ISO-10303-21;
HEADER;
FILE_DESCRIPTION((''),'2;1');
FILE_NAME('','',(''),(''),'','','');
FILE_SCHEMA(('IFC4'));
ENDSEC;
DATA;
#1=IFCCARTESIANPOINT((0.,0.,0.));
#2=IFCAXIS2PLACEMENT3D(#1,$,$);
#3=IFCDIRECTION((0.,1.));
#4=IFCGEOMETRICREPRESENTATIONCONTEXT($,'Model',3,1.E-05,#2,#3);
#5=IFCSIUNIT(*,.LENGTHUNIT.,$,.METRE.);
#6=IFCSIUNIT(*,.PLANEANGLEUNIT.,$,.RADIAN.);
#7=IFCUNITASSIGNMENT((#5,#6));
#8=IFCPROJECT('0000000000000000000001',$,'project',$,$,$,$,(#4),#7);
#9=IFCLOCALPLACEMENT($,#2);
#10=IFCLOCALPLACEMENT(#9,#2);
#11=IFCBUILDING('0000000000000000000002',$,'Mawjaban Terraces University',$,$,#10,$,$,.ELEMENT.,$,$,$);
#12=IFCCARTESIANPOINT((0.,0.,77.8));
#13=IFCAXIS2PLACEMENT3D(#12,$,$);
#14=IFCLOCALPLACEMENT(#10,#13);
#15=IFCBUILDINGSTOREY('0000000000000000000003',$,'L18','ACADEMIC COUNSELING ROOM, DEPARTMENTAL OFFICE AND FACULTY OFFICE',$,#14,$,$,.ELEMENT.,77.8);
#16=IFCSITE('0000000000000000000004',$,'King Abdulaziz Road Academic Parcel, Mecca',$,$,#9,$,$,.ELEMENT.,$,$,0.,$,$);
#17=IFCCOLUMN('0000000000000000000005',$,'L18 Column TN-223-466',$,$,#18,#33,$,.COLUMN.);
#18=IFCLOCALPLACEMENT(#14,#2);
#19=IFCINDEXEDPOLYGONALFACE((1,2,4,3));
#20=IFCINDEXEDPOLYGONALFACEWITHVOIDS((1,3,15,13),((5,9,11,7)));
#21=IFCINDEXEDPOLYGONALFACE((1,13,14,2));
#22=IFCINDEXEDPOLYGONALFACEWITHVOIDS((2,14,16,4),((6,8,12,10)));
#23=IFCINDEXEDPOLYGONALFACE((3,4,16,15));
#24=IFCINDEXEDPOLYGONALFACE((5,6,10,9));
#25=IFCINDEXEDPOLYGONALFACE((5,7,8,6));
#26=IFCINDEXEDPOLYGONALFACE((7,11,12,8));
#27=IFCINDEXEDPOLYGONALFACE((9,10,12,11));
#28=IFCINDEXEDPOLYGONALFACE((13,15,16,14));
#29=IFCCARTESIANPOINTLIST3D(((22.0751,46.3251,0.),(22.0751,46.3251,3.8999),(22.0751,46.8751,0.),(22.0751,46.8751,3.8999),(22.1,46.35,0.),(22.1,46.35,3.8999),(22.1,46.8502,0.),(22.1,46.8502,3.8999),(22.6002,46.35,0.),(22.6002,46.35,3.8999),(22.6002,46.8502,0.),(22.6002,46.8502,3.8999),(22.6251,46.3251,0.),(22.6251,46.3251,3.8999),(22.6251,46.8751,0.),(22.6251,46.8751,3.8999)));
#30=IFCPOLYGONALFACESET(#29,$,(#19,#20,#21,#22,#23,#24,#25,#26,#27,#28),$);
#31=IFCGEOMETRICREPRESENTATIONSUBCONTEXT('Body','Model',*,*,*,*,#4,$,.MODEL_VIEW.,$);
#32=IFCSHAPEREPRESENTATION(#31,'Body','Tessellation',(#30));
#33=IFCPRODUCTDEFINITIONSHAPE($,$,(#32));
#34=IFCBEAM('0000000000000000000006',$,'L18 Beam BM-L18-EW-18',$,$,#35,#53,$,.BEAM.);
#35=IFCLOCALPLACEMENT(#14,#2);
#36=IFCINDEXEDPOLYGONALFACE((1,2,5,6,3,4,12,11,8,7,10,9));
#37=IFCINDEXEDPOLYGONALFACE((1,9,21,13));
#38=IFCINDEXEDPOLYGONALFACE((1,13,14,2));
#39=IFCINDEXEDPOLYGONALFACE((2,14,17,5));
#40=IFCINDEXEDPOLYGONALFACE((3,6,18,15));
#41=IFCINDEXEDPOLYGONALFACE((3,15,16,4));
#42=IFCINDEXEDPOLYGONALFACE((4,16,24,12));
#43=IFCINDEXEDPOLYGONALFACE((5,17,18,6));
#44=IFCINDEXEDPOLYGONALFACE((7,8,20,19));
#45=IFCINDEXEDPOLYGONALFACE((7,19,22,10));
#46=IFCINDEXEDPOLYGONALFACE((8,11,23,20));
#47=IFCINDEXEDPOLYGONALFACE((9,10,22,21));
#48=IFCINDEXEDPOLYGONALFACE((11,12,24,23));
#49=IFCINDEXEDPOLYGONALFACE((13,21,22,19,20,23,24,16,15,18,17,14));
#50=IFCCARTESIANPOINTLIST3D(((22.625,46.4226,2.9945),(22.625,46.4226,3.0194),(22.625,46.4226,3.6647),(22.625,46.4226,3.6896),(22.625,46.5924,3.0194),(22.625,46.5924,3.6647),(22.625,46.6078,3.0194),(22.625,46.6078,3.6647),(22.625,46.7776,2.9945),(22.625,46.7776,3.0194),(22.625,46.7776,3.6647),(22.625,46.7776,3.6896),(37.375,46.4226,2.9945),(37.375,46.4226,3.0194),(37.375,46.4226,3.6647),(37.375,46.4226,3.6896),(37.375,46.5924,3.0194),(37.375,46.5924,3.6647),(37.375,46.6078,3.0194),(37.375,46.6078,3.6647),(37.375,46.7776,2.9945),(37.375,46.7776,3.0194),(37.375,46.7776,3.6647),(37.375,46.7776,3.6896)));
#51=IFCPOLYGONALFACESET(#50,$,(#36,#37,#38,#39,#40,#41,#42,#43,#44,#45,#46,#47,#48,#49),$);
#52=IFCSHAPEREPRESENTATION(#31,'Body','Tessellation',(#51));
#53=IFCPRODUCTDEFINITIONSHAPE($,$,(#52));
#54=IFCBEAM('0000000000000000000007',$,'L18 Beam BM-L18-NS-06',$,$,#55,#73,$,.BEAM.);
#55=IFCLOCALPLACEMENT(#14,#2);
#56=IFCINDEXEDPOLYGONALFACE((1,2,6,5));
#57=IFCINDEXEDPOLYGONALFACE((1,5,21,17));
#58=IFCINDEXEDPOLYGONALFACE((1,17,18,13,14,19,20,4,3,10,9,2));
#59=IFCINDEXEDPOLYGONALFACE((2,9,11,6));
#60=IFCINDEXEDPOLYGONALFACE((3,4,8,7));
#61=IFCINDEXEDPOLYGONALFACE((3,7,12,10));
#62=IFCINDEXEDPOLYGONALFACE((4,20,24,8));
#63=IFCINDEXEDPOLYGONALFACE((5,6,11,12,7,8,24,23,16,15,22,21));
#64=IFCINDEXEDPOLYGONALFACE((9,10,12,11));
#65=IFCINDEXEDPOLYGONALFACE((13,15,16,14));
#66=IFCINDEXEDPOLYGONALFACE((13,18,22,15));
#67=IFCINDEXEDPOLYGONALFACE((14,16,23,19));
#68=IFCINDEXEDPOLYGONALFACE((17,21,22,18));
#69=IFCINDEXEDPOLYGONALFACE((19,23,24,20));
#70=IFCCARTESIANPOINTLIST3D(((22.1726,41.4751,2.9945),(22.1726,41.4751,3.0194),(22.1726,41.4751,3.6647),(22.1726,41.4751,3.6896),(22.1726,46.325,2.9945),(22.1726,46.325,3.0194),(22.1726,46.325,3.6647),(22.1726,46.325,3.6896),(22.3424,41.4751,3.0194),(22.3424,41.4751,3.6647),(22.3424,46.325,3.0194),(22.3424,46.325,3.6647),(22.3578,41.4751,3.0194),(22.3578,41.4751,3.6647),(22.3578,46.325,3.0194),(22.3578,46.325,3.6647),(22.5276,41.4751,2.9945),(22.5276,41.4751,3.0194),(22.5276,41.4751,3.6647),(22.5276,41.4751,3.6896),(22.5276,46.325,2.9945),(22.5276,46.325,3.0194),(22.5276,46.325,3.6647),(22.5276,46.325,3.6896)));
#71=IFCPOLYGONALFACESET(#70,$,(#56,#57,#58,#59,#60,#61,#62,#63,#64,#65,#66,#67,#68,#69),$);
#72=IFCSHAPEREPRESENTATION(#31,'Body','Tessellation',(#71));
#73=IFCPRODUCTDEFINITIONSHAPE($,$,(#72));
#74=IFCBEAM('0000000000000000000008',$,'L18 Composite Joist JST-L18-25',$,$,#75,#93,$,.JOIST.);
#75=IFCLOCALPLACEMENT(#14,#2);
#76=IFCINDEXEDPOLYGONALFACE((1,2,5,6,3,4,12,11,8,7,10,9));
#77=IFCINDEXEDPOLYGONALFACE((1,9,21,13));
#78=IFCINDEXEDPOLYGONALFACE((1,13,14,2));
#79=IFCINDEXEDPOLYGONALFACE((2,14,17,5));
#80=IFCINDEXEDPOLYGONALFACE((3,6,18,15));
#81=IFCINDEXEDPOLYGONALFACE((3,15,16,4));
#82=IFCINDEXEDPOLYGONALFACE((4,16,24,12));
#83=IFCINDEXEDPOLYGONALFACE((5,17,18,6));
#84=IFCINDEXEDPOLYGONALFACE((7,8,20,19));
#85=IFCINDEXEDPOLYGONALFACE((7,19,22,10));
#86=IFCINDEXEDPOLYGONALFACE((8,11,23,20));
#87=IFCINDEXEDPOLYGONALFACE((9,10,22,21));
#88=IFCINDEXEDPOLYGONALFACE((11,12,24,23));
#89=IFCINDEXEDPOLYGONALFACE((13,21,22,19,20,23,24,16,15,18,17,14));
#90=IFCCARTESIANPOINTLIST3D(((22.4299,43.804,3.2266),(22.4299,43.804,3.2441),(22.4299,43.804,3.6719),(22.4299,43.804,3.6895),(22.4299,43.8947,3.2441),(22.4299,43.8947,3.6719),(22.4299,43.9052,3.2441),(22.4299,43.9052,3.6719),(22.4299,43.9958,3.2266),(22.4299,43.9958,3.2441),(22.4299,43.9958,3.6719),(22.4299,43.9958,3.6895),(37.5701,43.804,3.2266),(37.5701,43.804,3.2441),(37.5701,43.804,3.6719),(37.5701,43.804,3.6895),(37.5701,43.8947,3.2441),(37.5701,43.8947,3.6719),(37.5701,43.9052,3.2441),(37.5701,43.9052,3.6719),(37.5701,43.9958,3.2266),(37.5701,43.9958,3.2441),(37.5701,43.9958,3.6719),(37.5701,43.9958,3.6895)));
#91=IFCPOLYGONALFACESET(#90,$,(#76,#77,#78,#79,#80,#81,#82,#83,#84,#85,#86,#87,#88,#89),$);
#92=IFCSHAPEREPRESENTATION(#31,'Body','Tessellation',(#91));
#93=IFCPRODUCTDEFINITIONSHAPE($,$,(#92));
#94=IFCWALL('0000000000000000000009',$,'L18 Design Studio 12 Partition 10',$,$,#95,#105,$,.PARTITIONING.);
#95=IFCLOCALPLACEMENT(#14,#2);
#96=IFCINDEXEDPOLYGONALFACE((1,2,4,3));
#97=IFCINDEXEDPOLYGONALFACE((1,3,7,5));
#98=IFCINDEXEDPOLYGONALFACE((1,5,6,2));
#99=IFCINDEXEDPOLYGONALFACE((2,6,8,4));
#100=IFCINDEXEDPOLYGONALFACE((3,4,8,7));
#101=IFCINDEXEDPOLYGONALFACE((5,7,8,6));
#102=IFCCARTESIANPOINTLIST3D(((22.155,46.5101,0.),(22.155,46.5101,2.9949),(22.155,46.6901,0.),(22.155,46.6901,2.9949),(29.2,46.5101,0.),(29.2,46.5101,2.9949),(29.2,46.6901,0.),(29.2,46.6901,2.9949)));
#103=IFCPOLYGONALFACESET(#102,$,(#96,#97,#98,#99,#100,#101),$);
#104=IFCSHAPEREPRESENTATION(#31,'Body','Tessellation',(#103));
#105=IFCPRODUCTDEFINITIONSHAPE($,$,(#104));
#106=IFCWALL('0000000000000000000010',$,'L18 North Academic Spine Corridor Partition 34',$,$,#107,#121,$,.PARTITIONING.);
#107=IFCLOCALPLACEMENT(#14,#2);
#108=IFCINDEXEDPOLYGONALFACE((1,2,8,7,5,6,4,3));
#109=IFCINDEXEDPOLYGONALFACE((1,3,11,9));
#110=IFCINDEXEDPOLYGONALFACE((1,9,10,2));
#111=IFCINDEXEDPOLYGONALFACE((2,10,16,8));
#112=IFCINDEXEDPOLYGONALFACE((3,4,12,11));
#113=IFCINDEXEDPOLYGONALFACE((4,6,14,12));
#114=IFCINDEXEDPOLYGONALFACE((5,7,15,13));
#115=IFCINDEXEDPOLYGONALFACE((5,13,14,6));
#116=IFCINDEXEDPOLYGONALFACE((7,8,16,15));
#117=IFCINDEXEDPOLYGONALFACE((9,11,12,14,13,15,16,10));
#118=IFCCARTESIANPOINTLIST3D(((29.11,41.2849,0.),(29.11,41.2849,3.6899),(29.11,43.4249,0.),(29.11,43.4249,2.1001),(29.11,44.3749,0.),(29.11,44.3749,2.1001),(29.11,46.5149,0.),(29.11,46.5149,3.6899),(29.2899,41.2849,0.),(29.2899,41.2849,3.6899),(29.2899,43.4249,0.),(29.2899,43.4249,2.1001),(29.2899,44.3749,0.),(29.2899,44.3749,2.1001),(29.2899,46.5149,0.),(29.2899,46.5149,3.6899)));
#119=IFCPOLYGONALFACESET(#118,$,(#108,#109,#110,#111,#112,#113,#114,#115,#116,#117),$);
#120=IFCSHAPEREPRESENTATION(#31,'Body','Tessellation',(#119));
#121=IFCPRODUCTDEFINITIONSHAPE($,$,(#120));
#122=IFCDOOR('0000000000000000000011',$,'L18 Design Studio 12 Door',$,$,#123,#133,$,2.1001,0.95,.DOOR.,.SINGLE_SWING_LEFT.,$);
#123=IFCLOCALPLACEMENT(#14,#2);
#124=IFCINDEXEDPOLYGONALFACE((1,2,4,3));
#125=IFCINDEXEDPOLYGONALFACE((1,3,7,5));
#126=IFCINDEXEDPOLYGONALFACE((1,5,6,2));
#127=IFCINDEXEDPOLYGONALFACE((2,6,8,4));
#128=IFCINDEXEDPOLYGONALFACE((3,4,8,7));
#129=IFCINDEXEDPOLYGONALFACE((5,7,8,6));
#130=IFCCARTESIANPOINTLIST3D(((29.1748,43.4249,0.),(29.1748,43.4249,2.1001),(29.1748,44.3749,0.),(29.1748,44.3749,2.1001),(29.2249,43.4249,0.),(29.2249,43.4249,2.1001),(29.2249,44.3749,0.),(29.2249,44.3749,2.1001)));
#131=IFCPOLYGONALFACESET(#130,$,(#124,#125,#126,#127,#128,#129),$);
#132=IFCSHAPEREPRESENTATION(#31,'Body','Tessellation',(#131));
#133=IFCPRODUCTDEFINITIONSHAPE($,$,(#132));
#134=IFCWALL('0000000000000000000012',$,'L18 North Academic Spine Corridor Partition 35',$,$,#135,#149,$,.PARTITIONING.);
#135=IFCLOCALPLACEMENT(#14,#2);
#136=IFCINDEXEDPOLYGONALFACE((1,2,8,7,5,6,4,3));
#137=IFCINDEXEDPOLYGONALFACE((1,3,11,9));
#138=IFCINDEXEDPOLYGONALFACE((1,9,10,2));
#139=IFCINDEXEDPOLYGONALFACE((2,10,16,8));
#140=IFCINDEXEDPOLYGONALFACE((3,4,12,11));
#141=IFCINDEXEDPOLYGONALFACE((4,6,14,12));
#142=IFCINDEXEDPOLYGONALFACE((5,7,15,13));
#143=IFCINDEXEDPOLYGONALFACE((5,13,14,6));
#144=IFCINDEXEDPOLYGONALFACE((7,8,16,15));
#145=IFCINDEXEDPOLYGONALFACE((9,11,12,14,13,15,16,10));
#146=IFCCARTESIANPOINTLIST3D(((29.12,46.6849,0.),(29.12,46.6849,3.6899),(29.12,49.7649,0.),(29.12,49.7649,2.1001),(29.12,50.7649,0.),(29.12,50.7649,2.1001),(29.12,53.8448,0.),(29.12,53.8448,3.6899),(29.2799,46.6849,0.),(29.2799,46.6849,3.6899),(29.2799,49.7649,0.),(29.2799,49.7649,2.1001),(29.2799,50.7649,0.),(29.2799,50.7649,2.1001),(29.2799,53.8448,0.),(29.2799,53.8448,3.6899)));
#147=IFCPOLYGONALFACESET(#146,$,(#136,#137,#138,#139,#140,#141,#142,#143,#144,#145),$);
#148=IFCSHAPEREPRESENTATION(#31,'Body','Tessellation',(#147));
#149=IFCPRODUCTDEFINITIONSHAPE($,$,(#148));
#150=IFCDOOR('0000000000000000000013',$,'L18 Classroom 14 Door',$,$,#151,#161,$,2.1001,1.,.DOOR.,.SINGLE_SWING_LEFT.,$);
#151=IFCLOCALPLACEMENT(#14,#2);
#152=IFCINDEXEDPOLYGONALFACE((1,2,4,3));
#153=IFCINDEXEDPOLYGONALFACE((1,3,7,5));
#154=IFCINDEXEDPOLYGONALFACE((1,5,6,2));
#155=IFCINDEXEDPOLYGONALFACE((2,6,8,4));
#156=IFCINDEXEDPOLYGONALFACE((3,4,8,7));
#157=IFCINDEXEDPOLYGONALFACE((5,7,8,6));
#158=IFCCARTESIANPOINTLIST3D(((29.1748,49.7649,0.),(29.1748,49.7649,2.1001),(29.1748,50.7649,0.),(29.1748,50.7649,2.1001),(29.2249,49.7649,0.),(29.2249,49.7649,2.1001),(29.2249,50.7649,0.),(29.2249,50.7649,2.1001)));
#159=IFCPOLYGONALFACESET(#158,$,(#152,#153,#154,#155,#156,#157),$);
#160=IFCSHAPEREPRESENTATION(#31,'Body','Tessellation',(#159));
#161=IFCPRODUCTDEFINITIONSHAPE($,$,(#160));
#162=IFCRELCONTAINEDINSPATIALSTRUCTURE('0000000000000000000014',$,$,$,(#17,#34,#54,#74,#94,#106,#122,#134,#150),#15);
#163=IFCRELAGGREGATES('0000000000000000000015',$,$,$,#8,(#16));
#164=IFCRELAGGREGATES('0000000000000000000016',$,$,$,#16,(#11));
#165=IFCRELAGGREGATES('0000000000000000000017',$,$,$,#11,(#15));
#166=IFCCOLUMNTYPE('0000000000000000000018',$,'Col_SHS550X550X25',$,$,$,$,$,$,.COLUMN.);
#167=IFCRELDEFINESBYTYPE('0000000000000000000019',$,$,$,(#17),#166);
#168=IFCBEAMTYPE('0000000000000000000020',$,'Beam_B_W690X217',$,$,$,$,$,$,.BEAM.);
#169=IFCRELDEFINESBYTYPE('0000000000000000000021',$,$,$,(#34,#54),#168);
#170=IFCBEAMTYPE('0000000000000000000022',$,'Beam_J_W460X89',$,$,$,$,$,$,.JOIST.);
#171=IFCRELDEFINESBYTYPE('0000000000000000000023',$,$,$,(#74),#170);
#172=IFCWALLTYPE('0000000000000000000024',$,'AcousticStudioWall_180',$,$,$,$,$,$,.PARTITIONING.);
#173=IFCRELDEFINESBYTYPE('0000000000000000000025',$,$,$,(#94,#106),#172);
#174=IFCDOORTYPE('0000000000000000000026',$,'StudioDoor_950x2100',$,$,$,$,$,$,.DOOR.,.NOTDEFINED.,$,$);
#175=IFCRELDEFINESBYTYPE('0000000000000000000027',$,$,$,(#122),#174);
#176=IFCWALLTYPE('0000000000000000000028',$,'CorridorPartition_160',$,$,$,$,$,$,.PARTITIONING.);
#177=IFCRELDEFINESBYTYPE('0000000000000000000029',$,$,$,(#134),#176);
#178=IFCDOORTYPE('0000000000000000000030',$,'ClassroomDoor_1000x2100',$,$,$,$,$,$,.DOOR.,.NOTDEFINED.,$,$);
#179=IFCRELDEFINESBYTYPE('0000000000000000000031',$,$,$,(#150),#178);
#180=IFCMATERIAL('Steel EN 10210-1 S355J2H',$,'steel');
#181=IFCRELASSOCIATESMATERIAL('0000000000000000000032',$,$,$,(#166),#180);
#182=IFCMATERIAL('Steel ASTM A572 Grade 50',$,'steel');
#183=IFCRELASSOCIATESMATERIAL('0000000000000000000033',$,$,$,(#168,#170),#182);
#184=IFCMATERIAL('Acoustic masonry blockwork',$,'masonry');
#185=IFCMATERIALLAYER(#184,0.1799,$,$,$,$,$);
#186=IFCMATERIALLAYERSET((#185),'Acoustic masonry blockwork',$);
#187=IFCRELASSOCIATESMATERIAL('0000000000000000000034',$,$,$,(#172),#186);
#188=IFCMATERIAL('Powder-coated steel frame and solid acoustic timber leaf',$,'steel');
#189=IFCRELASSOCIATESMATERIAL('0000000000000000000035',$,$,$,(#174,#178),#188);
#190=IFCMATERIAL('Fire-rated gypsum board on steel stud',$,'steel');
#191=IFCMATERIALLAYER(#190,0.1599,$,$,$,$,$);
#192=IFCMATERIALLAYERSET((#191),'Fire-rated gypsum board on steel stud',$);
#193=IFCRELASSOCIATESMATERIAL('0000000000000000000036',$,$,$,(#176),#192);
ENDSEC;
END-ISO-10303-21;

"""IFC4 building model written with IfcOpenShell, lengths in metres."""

from ifc_helpers import new_model, si_unit, direction, frame, frame_2d, origin, origin_2d, place, context, subcontext, project, spatial, rectangle, hollow_rectangle, i_section, extrude, material, layer, layer_set, material_profile, profile_set, type_object, element, fill, save


model = new_model("IFC4")

# Units and contexts
model_context = context("Model", 3, precision=1e-05, world=origin(), true_north=direction((0.0, 1.0)))
body_context = subcontext(model_context, "Body", "Model", "MODEL_VIEW")
ifc_project = project(units=[si_unit("LENGTHUNIT", "METRE"), si_unit("PLANEANGLEUNIT", "RADIAN")], contexts=[model_context])

# Site, building, storey
site_placement = place(None, origin())
site = spatial("IfcSite", under=ifc_project, at=site_placement, Name="King Abdulaziz Road Academic Parcel, Mecca", CompositionType="ELEMENT", RefElevation=0.0)
building_placement = place(site_placement, origin())
building = spatial("IfcBuilding", under=site, at=building_placement, Name="Mawjaban Terraces University", CompositionType="ELEMENT")
storey_placement = place(building_placement, frame((0.0, 0.0, 77.8)))
storey = spatial("IfcBuildingStorey", under=building, at=storey_placement, Name="L18", Description="ACADEMIC COUNSELING ROOM, DEPARTMENTAL OFFICE AND FACULTY OFFICE", CompositionType="ELEMENT", Elevation=77.8)

# Column
ifc_material_1 = material(Name="Steel EN 10210-1 S355J2H", Category="steel")
ifc_material_profile_1 = material_profile(ifc_material_1, hollow_rectangle(XDim=0.55, YDim=0.55, WallThickness=0.0249, at=origin_2d()), Name="SHS550X550X25")
ifc_profile_set_1 = profile_set([ifc_material_profile_1], Name="Steel EN 10210-1 S355J2H")
column_type = type_object("IfcColumnType", Name="Col_SHS550X550X25", PredefinedType="COLUMN", material=ifc_profile_set_1)
column_placement = place(storey_placement, frame((22.3501, 46.6001, 0.0), z_axis=(0.0, 0.0, 1.0), x_axis=(1.0, 0.0, 0.0)))
element("IfcColumn", 1, at=column_placement, inside=storey, type_object=column_type, Name="L18 Column TN-223-466", PredefinedType="COLUMN", context=body_context, shape_type="SweptSolid", body=[
    extrude(hollow_rectangle(XDim=0.55, YDim=0.55, WallThickness=0.0249, at=origin_2d()), origin(), (0.0, 0.0, 1.0), 3.8999),
])

# Beams
ifc_material_2 = material(Name="Steel ASTM A572 Grade 50", Category="steel")
ifc_material_profile_2 = material_profile(ifc_material_2, i_section(OverallWidth=0.355, OverallDepth=0.6951, WebThickness=0.0154, FlangeThickness=0.0249, at=origin_2d()), Name="W690X217")
ifc_profile_set_2 = profile_set([ifc_material_profile_2], Name="Steel ASTM A572 Grade 50")
beam_type_1 = type_object("IfcBeamType", Name="Beam_B_W690X217", PredefinedType="BEAM", material=ifc_profile_set_2)
beam_1_placement = place(storey_placement, frame((22.625, 46.6001, 3.342), z_axis=(1.0, 0.0, 0.0), x_axis=(0.0, 1.0, 0.0)))
element("IfcBeam", 2, at=beam_1_placement, inside=storey, type_object=beam_type_1, Name="L18 Beam BM-L18-EW-18", PredefinedType="BEAM", context=body_context, shape_type="SweptSolid", body=[
    extrude(i_section(OverallWidth=0.355, OverallDepth=0.6951, WebThickness=0.0154, FlangeThickness=0.0249, at=origin_2d()), origin(), (0.0, 0.0, 1.0), 14.75),
])
beam_2_placement = place(storey_placement, frame((22.3501, 41.4751, 3.342), z_axis=(0.0, 1.0, 0.0), x_axis=(-1.0, 0.0, 0.0)))
element("IfcBeam", 3, at=beam_2_placement, inside=storey, type_object=beam_type_1, Name="L18 Beam BM-L18-NS-06", PredefinedType="BEAM", context=body_context, shape_type="SweptSolid", body=[
    extrude(i_section(OverallWidth=0.355, OverallDepth=0.6951, WebThickness=0.0154, FlangeThickness=0.0249, at=origin_2d()), origin(), (0.0, 0.0, 1.0), 4.8499),
])
ifc_material_profile_3 = material_profile(ifc_material_2, i_section(OverallWidth=0.1919, OverallDepth=0.4629, WebThickness=0.0105, FlangeThickness=0.0176, at=origin_2d()), Name="W460X89")
ifc_profile_set_3 = profile_set([ifc_material_profile_3], Name="Steel ASTM A572 Grade 50")
beam_type_2 = type_object("IfcBeamType", Name="Beam_J_W460X89", PredefinedType="JOIST", material=ifc_profile_set_3)
beam_3_placement = place(storey_placement, frame((22.4299, 43.8999, 3.458), z_axis=(1.0, 0.0, 0.0), x_axis=(0.0, 1.0, 0.0)))
element("IfcBeam", 4, at=beam_3_placement, inside=storey, type_object=beam_type_2, Name="L18 Composite Joist JST-L18-25", PredefinedType="JOIST", context=body_context, shape_type="SweptSolid", body=[
    extrude(i_section(OverallWidth=0.1919, OverallDepth=0.4629, WebThickness=0.0105, FlangeThickness=0.0176, at=origin_2d()), origin(), (0.0, 0.0, 1.0), 15.1401),
])

# Wall
ifc_material_3 = material(Name="Acoustic masonry blockwork", Category="masonry")
ifc_layer_1 = layer(ifc_material_3, 0.1799)
ifc_layer_set_1 = layer_set([ifc_layer_1], Name="Acoustic masonry blockwork")
wall_type_1 = type_object("IfcWallType", Name="AcousticStudioWall_180", PredefinedType="PARTITIONING", material=ifc_layer_set_1)
wall_1_placement = place(storey_placement, frame((29.2, 46.6001, 0.0), z_axis=(0.0, 0.0, 1.0), x_axis=(-1.0, 0.0, 0.0)))
element("IfcWall", 5, at=wall_1_placement, inside=storey, type_object=wall_type_1, Name="L18 Design Studio 12 Partition 10", PredefinedType="PARTITIONING", context=body_context, shape_type="SweptSolid", body=[
    extrude(rectangle(XDim=7.0449, YDim=0.1799, at=frame_2d((3.5225, 0.0))), origin(), (0.0, 0.0, 1.0), 2.9949),
])

# Walls, openings, doors
wall_2_placement = place(storey_placement, frame((29.2, 46.5149, 0.0), z_axis=(0.0, 0.0, 1.0), x_axis=(0.0, -1.0, 0.0)))
wall_2 = element("IfcWall", 6, at=wall_2_placement, inside=storey, type_object=wall_type_1, Name="L18 North Academic Spine Corridor Partition 34", PredefinedType="PARTITIONING", context=body_context, shape_type="SweptSolid", body=[
    extrude(rectangle(XDim=5.23, YDim=0.1799, at=frame_2d((2.615, 0.0))), origin(), (0.0, 0.0, 1.0), 3.6899),
])
opening_1_placement = place(wall_2_placement, frame((2.1399, 0.0, 0.0)))
opening_1 = element("IfcOpeningElement", 7, at=opening_1_placement, cuts=wall_2, PredefinedType="OPENING", context=body_context, shape_type="SweptSolid", body=[
    extrude(rectangle(XDim=0.95, YDim=2.1001, at=frame_2d((0.4751, 1.05))), frame((0.0, 0.0999, 0.0), z_axis=(0.0, -1.0, 0.0), x_axis=(1.0, 0.0, 0.0)), (0.0, 0.0, 1.0), 0.2),
])
ifc_material_4 = material(Name="Powder-coated steel frame and solid acoustic timber leaf", Category="steel")
door_type_1 = type_object("IfcDoorType", Name="StudioDoor_950x2100", OperationType="NOTDEFINED", PredefinedType="DOOR", material=ifc_material_4)
door_1_placement = place(opening_1_placement, origin())
door_1 = element("IfcDoor", 8, at=door_1_placement, inside=storey, type_object=door_type_1, Name="L18 Design Studio 12 Door", OperationType="SINGLE_SWING_LEFT", OverallHeight=2.1001, OverallWidth=0.95, PredefinedType="DOOR", context=body_context, shape_type="SweptSolid", body=[
    extrude(rectangle(XDim=0.95, YDim=2.1001, at=frame_2d((0.4751, 1.05))), frame((0.0, 0.0249, 0.0), z_axis=(0.0, -1.0, 0.0), x_axis=(1.0, 0.0, 0.0)), (0.0, 0.0, 1.0), 0.05),
])
fill(opening_1, door_1)
ifc_material_5 = material(Name="Fire-rated gypsum board on steel stud", Category="steel")
ifc_layer_2 = layer(ifc_material_5, 0.1599)
ifc_layer_set_2 = layer_set([ifc_layer_2], Name="Fire-rated gypsum board on steel stud")
wall_type_2 = type_object("IfcWallType", Name="CorridorPartition_160", PredefinedType="PARTITIONING", material=ifc_layer_set_2)
wall_3_placement = place(storey_placement, frame((29.2, 53.845, 0.0), z_axis=(0.0, 0.0, 1.0), x_axis=(0.0, -1.0, 0.0)))
wall_3 = element("IfcWall", 9, at=wall_3_placement, inside=storey, type_object=wall_type_2, Name="L18 North Academic Spine Corridor Partition 35", PredefinedType="PARTITIONING", context=body_context, shape_type="SweptSolid", body=[
    extrude(rectangle(XDim=7.1599, YDim=0.1599, at=frame_2d((3.5801, 0.0))), origin(), (0.0, 0.0, 1.0), 3.6899),
])
opening_2_placement = place(wall_3_placement, frame((3.0801, 0.0, 0.0)))
opening_2 = element("IfcOpeningElement", 10, at=opening_2_placement, cuts=wall_3, PredefinedType="OPENING", context=body_context, shape_type="SweptSolid", body=[
    extrude(rectangle(XDim=1.0, YDim=2.1001, at=frame_2d((0.5, 1.05))), frame((0.0, 0.0898, 0.0), z_axis=(0.0, -1.0, 0.0), x_axis=(1.0, 0.0, 0.0)), (0.0, 0.0, 1.0), 0.1799),
])
door_type_2 = type_object("IfcDoorType", Name="ClassroomDoor_1000x2100", OperationType="NOTDEFINED", PredefinedType="DOOR", material=ifc_material_4)
door_2_placement = place(opening_2_placement, origin())
door_2 = element("IfcDoor", 11, at=door_2_placement, inside=storey, type_object=door_type_2, Name="L18 Classroom 14 Door", OperationType="SINGLE_SWING_LEFT", OverallHeight=2.1001, OverallWidth=1.0, PredefinedType="DOOR", context=body_context, shape_type="SweptSolid", body=[
    extrude(rectangle(XDim=1.0, YDim=2.1001, at=frame_2d((0.5, 1.05))), frame((0.0, 0.0249, 0.0), z_axis=(0.0, -1.0, 0.0), x_axis=(1.0, 0.0, 0.0)), (0.0, 0.0, 1.0), 0.05),
])
fill(opening_2, door_2)

save(model, "model.ifc")
